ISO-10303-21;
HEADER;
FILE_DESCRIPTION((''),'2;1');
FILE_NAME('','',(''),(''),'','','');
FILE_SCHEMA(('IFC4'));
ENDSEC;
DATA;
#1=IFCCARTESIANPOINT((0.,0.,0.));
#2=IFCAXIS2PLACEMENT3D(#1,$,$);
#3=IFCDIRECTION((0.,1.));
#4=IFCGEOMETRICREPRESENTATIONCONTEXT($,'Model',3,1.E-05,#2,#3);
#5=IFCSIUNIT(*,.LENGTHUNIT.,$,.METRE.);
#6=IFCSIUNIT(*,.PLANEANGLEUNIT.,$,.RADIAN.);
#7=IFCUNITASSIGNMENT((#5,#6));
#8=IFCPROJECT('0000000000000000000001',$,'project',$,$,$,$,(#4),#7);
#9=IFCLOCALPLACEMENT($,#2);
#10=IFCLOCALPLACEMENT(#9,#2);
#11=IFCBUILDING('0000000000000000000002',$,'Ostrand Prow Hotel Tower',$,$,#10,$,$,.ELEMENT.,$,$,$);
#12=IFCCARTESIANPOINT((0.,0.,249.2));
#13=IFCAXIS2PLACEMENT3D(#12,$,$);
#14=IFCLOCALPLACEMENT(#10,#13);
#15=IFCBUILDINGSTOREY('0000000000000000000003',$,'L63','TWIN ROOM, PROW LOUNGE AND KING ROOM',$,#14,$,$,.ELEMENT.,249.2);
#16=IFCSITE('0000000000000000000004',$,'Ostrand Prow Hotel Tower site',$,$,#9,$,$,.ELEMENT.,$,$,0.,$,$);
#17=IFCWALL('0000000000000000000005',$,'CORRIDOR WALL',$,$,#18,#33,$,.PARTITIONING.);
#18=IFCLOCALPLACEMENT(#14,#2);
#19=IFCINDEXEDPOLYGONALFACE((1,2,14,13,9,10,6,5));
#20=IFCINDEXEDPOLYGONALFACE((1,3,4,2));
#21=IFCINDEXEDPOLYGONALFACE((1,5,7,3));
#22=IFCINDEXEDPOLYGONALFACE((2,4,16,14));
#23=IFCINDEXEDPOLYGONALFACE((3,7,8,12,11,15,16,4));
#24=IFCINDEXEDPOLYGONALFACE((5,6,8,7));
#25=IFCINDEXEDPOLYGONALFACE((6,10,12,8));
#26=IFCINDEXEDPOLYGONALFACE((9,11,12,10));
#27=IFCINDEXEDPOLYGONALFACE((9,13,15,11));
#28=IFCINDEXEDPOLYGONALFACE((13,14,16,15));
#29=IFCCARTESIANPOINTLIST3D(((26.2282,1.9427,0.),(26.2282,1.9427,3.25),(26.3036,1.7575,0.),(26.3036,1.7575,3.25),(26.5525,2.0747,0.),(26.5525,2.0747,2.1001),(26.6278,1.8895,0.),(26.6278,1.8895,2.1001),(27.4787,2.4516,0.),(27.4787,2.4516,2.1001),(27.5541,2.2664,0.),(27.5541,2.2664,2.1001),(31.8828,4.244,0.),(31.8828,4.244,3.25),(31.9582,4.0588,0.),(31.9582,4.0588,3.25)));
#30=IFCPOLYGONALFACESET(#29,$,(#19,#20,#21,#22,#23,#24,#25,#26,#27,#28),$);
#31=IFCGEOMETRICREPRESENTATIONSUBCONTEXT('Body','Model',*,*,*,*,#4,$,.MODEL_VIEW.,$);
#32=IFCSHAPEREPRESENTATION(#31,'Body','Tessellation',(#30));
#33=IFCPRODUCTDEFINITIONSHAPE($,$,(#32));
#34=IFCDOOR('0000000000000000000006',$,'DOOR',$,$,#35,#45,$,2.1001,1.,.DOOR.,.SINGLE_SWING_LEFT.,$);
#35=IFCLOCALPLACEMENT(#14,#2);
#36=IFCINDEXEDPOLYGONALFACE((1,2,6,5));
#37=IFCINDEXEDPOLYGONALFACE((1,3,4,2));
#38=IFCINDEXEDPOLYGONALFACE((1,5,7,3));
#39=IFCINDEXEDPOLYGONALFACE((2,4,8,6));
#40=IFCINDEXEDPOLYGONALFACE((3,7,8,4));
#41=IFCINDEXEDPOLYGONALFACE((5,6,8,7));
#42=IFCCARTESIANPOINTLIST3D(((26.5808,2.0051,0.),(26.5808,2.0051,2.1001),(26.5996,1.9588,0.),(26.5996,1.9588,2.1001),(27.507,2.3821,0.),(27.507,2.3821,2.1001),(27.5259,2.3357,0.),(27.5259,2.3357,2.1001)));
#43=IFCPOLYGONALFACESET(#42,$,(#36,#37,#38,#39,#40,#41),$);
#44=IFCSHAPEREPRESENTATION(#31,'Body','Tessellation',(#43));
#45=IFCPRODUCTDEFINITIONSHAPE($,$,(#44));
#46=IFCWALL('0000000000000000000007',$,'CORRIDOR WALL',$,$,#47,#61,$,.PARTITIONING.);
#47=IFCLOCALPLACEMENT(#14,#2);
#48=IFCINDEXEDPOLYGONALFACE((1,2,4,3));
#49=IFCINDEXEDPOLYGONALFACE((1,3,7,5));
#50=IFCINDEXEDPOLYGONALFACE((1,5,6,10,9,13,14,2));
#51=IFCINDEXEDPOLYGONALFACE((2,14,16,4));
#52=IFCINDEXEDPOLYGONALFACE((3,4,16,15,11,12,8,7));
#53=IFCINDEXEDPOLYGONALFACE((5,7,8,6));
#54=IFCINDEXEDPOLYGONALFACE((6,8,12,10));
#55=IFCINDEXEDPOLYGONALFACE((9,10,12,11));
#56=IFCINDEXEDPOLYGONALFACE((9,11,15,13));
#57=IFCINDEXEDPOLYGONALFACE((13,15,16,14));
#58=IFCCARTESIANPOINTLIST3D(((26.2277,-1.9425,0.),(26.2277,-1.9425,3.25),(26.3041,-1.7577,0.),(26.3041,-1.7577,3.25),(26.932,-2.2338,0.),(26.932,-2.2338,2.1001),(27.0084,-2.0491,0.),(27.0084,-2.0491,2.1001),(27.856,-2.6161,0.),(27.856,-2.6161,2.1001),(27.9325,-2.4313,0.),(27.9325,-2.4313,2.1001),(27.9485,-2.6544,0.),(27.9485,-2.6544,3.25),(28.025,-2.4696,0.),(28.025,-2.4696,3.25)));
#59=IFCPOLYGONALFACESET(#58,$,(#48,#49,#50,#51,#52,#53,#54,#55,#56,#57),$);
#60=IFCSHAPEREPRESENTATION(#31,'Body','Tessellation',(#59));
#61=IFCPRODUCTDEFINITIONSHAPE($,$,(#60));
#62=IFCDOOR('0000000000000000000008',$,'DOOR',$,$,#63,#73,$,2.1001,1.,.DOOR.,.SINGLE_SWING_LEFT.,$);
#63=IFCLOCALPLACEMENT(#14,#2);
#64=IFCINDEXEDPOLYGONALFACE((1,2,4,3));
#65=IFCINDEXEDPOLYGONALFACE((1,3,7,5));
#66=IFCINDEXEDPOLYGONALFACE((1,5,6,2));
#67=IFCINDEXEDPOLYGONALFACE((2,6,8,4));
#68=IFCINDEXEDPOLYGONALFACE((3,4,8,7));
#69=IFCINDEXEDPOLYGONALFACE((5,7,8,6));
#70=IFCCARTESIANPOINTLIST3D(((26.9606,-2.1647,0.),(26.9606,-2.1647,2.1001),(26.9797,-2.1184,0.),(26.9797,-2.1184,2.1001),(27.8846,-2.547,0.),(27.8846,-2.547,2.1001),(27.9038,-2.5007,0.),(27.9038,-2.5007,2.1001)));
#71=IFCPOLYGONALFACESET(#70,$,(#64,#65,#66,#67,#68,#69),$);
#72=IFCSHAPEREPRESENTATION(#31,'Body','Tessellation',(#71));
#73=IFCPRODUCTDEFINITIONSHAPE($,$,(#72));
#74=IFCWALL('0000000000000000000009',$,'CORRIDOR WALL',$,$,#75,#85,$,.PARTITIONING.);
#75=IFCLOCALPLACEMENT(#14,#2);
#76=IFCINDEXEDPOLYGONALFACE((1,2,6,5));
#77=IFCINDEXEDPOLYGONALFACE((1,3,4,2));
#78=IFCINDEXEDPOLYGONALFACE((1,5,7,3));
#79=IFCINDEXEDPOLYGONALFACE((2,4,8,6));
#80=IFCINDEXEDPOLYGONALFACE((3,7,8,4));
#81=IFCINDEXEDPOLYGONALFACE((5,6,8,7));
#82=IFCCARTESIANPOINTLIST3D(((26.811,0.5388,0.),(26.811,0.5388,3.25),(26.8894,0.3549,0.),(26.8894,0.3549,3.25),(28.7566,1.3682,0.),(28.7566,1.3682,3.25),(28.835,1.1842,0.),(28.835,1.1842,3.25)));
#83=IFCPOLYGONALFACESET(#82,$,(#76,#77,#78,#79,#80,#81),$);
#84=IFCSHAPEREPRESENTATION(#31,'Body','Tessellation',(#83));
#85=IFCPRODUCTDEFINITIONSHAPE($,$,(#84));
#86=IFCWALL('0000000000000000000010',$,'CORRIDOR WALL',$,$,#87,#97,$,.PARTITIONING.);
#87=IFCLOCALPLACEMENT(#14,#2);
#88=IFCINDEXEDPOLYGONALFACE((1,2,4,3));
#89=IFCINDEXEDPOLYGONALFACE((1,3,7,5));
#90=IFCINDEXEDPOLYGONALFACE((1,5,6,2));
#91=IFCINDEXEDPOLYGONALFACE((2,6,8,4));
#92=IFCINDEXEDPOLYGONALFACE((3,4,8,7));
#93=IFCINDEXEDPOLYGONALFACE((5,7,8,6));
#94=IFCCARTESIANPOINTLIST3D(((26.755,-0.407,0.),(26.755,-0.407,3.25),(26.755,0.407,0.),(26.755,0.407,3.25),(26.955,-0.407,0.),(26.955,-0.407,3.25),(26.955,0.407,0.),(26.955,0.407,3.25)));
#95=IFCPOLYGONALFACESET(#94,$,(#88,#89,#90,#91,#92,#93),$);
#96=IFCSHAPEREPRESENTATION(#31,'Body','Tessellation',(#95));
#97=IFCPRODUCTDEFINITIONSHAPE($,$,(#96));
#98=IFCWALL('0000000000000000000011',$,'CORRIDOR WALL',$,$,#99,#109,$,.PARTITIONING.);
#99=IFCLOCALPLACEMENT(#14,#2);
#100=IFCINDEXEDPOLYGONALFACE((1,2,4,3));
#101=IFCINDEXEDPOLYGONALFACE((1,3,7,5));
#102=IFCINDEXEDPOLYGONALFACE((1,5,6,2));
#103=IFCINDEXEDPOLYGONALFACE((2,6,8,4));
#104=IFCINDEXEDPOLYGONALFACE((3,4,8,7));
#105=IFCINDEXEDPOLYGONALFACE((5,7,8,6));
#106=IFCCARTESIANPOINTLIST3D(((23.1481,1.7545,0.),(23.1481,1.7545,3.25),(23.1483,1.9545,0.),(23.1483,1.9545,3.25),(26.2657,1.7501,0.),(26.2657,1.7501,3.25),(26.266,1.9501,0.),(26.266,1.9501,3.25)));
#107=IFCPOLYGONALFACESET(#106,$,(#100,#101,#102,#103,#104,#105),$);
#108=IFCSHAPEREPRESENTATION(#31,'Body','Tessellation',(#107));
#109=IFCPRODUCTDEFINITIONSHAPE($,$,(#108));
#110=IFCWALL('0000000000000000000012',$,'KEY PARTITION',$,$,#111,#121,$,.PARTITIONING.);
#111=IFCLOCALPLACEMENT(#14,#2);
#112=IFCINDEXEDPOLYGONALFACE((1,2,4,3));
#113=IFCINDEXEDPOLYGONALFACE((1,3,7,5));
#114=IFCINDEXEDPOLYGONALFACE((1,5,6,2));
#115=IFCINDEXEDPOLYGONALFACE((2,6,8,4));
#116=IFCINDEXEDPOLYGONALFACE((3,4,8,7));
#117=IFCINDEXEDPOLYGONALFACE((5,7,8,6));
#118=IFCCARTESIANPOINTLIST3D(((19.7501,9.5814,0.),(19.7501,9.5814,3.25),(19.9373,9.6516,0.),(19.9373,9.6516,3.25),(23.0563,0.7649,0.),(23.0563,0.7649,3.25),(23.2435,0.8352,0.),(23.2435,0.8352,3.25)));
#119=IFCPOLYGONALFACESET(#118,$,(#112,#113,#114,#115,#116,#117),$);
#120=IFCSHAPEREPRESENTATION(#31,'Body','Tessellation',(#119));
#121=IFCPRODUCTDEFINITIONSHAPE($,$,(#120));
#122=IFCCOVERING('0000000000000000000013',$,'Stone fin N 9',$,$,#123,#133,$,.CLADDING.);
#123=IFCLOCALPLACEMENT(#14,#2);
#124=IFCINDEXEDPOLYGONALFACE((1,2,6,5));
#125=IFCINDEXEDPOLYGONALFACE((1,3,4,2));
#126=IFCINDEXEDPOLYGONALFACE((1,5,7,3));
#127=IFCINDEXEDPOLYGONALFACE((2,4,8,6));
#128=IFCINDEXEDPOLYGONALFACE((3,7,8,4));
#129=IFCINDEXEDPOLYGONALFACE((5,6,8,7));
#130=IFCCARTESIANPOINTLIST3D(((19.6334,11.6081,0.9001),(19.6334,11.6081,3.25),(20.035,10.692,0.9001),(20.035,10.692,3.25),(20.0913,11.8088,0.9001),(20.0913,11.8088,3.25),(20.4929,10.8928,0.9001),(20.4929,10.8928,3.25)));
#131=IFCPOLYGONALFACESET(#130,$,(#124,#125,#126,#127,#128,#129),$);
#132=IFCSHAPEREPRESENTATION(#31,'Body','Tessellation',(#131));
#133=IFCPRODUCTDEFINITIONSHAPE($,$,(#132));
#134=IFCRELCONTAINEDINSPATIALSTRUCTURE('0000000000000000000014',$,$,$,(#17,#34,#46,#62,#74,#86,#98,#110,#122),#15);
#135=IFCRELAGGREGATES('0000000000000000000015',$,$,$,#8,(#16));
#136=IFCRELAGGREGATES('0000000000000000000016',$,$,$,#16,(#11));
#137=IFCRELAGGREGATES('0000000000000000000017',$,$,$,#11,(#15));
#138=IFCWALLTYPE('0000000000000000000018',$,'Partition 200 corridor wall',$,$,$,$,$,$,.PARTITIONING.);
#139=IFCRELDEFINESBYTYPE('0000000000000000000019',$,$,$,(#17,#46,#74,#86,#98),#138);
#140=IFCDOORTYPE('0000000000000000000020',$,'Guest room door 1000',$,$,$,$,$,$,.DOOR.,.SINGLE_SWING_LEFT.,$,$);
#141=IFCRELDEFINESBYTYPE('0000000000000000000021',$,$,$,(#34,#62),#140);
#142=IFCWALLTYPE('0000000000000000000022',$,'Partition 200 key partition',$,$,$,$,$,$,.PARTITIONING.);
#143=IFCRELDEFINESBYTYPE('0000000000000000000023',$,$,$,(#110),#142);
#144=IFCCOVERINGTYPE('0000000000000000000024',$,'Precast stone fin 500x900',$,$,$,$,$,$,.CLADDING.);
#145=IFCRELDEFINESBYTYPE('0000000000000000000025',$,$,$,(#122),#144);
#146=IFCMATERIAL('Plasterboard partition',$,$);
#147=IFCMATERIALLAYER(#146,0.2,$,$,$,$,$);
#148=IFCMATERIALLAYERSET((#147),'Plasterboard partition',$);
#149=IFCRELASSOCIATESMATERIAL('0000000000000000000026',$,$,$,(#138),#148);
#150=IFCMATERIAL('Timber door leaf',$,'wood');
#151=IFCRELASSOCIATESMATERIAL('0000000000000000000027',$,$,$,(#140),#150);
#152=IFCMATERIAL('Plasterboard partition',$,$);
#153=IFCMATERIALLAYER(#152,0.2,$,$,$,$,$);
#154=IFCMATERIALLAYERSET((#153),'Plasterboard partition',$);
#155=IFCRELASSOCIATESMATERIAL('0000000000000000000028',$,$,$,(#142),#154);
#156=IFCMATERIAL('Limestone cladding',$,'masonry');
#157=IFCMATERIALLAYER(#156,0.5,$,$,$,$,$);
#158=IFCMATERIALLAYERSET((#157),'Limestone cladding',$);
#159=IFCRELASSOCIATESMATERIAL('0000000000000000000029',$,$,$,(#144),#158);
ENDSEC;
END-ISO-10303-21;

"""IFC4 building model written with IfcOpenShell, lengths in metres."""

from ifc_helpers import new_model, si_unit, direction, frame, frame_2d, origin, place, context, subcontext, project, spatial, rectangle, extrude, material, layer, layer_set, type_object, element, fill, save


model = new_model("IFC4")

# Units and contexts
model_context = context("Model", 3, precision=1e-05, world=origin(), true_north=direction((0.0, 1.0)))
body_context = subcontext(model_context, "Body", "Model", "MODEL_VIEW")
ifc_project = project(units=[si_unit("LENGTHUNIT", "METRE"), si_unit("PLANEANGLEUNIT", "RADIAN")], contexts=[model_context])

# Site, building, storey
site_placement = place(None, origin())
site = spatial("IfcSite", under=ifc_project, at=site_placement, Name="Ostrand Prow Hotel Tower site", CompositionType="ELEMENT", RefElevation=0.0)
building_placement = place(site_placement, origin())
building = spatial("IfcBuilding", under=site, at=building_placement, Name="Ostrand Prow Hotel Tower", CompositionType="ELEMENT")
storey_placement = place(building_placement, frame((0.0, 0.0, 249.2)))
storey = spatial("IfcBuildingStorey", under=building, at=storey_placement, Name="L63", Description="TWIN ROOM, PROW LOUNGE AND KING ROOM", CompositionType="ELEMENT", Elevation=249.2)

# Walls, openings, doors
ifc_material_1 = material(Name="Plasterboard partition")
ifc_layer_1 = layer(ifc_material_1, 0.2)
ifc_layer_set_1 = layer_set([ifc_layer_1], Name="Plasterboard partition")
wall_type_1 = type_object("IfcWallType", Name="Partition 200 corridor wall", PredefinedType="PARTITIONING", material=ifc_layer_set_1)
wall_1_placement = place(storey_placement, frame((26.2659, 1.8501, 0.0), z_axis=(0.0, 0.0, 1.0), x_axis=(0.926232, 0.376955, 0.0)))
wall_1 = element("IfcWall", 1, at=wall_1_placement, inside=storey, type_object=wall_type_1, Name="CORRIDOR WALL", PredefinedType="PARTITIONING", context=body_context, shape_type="SweptSolid", body=[
    extrude(rectangle(XDim=6.105, YDim=0.2, at=frame_2d((3.0525, 0.0))), origin(), (0.0, 0.0, 1.0), 3.25),
])
opening_1_placement = place(wall_1_placement, frame((0.3501, 0.0, 0.0)))
opening_1 = element("IfcOpeningElement", 2, at=opening_1_placement, cuts=wall_1, PredefinedType="OPENING", context=body_context, shape_type="SweptSolid", body=[
    extrude(rectangle(XDim=1.0, YDim=2.1001, at=frame_2d((0.5, 1.05))), frame((0.0, 0.1099, 0.0), z_axis=(0.0, -1.0, 0.0), x_axis=(1.0, 0.0, 0.0)), (0.0, 0.0, 1.0), 0.22),
])
ifc_material_2 = material(Name="Timber door leaf", Category="wood")
door_type = type_object("IfcDoorType", Name="Guest room door 1000", OperationType="SINGLE_SWING_LEFT", PredefinedType="DOOR", material=ifc_material_2)
door_1_placement = place(opening_1_placement, origin())
door_1 = element("IfcDoor", 3, at=door_1_placement, inside=storey, type_object=door_type, Name="DOOR", OperationType="SINGLE_SWING_LEFT", OverallHeight=2.1001, OverallWidth=1.0, PredefinedType="DOOR", context=body_context, shape_type="SweptSolid", body=[
    extrude(rectangle(XDim=1.0, YDim=2.1001, at=frame_2d((0.5, 1.05))), frame((0.0, 0.0249, 0.0), z_axis=(0.0, -1.0, 0.0), x_axis=(1.0, 0.0, 0.0)), (0.0, 0.0, 1.0), 0.05),
])
fill(opening_1, door_1)
wall_2_placement = place(storey_placement, frame((26.2659, -1.8501, 0.0), z_axis=(0.0, 0.0, 1.0), x_axis=(0.924055, -0.382259, 0.0)))
wall_2 = element("IfcWall", 4, at=wall_2_placement, inside=storey, type_object=wall_type_1, Name="CORRIDOR WALL", PredefinedType="PARTITIONING", context=body_context, shape_type="SweptSolid", body=[
    extrude(rectangle(XDim=1.8623, YDim=0.2, at=frame_2d((0.9312, 0.0))), origin(), (0.0, 0.0, 1.0), 3.25),
])
opening_2_placement = place(wall_2_placement, frame((0.7622, 0.0, 0.0)))
opening_2 = element("IfcOpeningElement", 5, at=opening_2_placement, cuts=wall_2, PredefinedType="OPENING", context=body_context, shape_type="SweptSolid", body=[
    extrude(rectangle(XDim=1.0, YDim=2.1001, at=frame_2d((0.5, 1.05))), frame((0.0, 0.1099, 0.0), z_axis=(0.0, -1.0, 0.0), x_axis=(1.0, 0.0, 0.0)), (0.0, 0.0, 1.0), 0.22),
])
door_2_placement = place(opening_2_placement, origin())
door_2 = element("IfcDoor", 6, at=door_2_placement, inside=storey, type_object=door_type, Name="DOOR", OperationType="SINGLE_SWING_LEFT", OverallHeight=2.1001, OverallWidth=1.0, PredefinedType="DOOR", context=body_context, shape_type="SweptSolid", body=[
    extrude(rectangle(XDim=1.0, YDim=2.1001, at=frame_2d((0.5, 1.05))), frame((0.0, 0.0249, 0.0), z_axis=(0.0, -1.0, 0.0), x_axis=(1.0, 0.0, 0.0)), (0.0, 0.0, 1.0), 0.05),
])
fill(opening_2, door_2)

# Walls
wall_3_placement = place(storey_placement, frame((26.8501, 0.4468, 0.0), z_axis=(0.0, 0.0, 1.0), x_axis=(0.919908, 0.392135, 0.0)))
element("IfcWall", 7, at=wall_3_placement, inside=storey, type_object=wall_type_1, Name="CORRIDOR WALL", PredefinedType="PARTITIONING", context=body_context, shape_type="SweptSolid", body=[
    extrude(rectangle(XDim=2.115, YDim=0.2, at=frame_2d((1.0576, 0.0))), origin(), (0.0, 0.0, 1.0), 3.25),
])
wall_4_placement = place(storey_placement, frame((26.855, -0.407, 0.0), z_axis=(0.0, 0.0, 1.0), x_axis=(0.0, 1.0, 0.0)))
element("IfcWall", 8, at=wall_4_placement, inside=storey, type_object=wall_type_1, Name="CORRIDOR WALL", PredefinedType="PARTITIONING", context=body_context, shape_type="SweptSolid", body=[
    extrude(rectangle(XDim=0.814, YDim=0.2, at=frame_2d((0.407, 0.0))), origin(), (0.0, 0.0, 1.0), 3.25),
])
wall_5_placement = place(storey_placement, frame((26.2659, 1.8501, 0.0), z_axis=(0.0, 0.0, 1.0), x_axis=(-0.999999, 0.00141, 0.0)))
element("IfcWall", 9, at=wall_5_placement, inside=storey, type_object=wall_type_1, Name="CORRIDOR WALL", PredefinedType="PARTITIONING", context=body_context, shape_type="SweptSolid", body=[
    extrude(rectangle(XDim=3.1177, YDim=0.2, at=frame_2d((1.5588, 0.0))), origin(), (0.0, 0.0, 1.0), 3.25),
])
ifc_material_3 = material(Name="Plasterboard partition")
ifc_layer_2 = layer(ifc_material_3, 0.2)
ifc_layer_set_2 = layer_set([ifc_layer_2], Name="Plasterboard partition")
wall_type_2 = type_object("IfcWallType", Name="Partition 200 key partition", PredefinedType="PARTITIONING", material=ifc_layer_set_2)
wall_6_placement = place(storey_placement, frame((23.1499, 0.8, 0.0), z_axis=(0.0, 0.0, 1.0), x_axis=(-0.351123, 0.936329, 0.0)))
element("IfcWall", 10, at=wall_6_placement, inside=storey, type_object=wall_type_2, Name="KEY PARTITION", PredefinedType="PARTITIONING", context=body_context, shape_type="SweptSolid", body=[
    extrude(rectangle(XDim=9.416, YDim=0.2, at=frame_2d((4.708, 0.0))), origin(), (0.0, 0.0, 1.0), 3.25),
])

# Covering
ifc_material_4 = material(Name="Limestone cladding", Category="masonry")
ifc_layer_3 = layer(ifc_material_4, 0.5)
ifc_layer_set_3 = layer_set([ifc_layer_3], Name="Limestone cladding")
covering_type = type_object("IfcCoveringType", Name="Precast stone fin 500x900", PredefinedType="CLADDING", material=ifc_layer_set_3)
covering_placement = place(storey_placement, frame((20.2639, 10.7925, 0.9001), z_axis=(0.0, 0.0, 1.0), x_axis=(-0.401536, 0.915843, 0.0)))
element("IfcCovering", 11, at=covering_placement, inside=storey, type_object=covering_type, Name="Stone fin N 9", PredefinedType="CLADDING", context=body_context, shape_type="SweptSolid", body=[
    extrude(rectangle(XDim=1.0002, YDim=0.5, at=frame_2d((0.5, 0.0))), origin(), (0.0, 0.0, 1.0), 2.3499),
])

save(model, "model.ifc")
